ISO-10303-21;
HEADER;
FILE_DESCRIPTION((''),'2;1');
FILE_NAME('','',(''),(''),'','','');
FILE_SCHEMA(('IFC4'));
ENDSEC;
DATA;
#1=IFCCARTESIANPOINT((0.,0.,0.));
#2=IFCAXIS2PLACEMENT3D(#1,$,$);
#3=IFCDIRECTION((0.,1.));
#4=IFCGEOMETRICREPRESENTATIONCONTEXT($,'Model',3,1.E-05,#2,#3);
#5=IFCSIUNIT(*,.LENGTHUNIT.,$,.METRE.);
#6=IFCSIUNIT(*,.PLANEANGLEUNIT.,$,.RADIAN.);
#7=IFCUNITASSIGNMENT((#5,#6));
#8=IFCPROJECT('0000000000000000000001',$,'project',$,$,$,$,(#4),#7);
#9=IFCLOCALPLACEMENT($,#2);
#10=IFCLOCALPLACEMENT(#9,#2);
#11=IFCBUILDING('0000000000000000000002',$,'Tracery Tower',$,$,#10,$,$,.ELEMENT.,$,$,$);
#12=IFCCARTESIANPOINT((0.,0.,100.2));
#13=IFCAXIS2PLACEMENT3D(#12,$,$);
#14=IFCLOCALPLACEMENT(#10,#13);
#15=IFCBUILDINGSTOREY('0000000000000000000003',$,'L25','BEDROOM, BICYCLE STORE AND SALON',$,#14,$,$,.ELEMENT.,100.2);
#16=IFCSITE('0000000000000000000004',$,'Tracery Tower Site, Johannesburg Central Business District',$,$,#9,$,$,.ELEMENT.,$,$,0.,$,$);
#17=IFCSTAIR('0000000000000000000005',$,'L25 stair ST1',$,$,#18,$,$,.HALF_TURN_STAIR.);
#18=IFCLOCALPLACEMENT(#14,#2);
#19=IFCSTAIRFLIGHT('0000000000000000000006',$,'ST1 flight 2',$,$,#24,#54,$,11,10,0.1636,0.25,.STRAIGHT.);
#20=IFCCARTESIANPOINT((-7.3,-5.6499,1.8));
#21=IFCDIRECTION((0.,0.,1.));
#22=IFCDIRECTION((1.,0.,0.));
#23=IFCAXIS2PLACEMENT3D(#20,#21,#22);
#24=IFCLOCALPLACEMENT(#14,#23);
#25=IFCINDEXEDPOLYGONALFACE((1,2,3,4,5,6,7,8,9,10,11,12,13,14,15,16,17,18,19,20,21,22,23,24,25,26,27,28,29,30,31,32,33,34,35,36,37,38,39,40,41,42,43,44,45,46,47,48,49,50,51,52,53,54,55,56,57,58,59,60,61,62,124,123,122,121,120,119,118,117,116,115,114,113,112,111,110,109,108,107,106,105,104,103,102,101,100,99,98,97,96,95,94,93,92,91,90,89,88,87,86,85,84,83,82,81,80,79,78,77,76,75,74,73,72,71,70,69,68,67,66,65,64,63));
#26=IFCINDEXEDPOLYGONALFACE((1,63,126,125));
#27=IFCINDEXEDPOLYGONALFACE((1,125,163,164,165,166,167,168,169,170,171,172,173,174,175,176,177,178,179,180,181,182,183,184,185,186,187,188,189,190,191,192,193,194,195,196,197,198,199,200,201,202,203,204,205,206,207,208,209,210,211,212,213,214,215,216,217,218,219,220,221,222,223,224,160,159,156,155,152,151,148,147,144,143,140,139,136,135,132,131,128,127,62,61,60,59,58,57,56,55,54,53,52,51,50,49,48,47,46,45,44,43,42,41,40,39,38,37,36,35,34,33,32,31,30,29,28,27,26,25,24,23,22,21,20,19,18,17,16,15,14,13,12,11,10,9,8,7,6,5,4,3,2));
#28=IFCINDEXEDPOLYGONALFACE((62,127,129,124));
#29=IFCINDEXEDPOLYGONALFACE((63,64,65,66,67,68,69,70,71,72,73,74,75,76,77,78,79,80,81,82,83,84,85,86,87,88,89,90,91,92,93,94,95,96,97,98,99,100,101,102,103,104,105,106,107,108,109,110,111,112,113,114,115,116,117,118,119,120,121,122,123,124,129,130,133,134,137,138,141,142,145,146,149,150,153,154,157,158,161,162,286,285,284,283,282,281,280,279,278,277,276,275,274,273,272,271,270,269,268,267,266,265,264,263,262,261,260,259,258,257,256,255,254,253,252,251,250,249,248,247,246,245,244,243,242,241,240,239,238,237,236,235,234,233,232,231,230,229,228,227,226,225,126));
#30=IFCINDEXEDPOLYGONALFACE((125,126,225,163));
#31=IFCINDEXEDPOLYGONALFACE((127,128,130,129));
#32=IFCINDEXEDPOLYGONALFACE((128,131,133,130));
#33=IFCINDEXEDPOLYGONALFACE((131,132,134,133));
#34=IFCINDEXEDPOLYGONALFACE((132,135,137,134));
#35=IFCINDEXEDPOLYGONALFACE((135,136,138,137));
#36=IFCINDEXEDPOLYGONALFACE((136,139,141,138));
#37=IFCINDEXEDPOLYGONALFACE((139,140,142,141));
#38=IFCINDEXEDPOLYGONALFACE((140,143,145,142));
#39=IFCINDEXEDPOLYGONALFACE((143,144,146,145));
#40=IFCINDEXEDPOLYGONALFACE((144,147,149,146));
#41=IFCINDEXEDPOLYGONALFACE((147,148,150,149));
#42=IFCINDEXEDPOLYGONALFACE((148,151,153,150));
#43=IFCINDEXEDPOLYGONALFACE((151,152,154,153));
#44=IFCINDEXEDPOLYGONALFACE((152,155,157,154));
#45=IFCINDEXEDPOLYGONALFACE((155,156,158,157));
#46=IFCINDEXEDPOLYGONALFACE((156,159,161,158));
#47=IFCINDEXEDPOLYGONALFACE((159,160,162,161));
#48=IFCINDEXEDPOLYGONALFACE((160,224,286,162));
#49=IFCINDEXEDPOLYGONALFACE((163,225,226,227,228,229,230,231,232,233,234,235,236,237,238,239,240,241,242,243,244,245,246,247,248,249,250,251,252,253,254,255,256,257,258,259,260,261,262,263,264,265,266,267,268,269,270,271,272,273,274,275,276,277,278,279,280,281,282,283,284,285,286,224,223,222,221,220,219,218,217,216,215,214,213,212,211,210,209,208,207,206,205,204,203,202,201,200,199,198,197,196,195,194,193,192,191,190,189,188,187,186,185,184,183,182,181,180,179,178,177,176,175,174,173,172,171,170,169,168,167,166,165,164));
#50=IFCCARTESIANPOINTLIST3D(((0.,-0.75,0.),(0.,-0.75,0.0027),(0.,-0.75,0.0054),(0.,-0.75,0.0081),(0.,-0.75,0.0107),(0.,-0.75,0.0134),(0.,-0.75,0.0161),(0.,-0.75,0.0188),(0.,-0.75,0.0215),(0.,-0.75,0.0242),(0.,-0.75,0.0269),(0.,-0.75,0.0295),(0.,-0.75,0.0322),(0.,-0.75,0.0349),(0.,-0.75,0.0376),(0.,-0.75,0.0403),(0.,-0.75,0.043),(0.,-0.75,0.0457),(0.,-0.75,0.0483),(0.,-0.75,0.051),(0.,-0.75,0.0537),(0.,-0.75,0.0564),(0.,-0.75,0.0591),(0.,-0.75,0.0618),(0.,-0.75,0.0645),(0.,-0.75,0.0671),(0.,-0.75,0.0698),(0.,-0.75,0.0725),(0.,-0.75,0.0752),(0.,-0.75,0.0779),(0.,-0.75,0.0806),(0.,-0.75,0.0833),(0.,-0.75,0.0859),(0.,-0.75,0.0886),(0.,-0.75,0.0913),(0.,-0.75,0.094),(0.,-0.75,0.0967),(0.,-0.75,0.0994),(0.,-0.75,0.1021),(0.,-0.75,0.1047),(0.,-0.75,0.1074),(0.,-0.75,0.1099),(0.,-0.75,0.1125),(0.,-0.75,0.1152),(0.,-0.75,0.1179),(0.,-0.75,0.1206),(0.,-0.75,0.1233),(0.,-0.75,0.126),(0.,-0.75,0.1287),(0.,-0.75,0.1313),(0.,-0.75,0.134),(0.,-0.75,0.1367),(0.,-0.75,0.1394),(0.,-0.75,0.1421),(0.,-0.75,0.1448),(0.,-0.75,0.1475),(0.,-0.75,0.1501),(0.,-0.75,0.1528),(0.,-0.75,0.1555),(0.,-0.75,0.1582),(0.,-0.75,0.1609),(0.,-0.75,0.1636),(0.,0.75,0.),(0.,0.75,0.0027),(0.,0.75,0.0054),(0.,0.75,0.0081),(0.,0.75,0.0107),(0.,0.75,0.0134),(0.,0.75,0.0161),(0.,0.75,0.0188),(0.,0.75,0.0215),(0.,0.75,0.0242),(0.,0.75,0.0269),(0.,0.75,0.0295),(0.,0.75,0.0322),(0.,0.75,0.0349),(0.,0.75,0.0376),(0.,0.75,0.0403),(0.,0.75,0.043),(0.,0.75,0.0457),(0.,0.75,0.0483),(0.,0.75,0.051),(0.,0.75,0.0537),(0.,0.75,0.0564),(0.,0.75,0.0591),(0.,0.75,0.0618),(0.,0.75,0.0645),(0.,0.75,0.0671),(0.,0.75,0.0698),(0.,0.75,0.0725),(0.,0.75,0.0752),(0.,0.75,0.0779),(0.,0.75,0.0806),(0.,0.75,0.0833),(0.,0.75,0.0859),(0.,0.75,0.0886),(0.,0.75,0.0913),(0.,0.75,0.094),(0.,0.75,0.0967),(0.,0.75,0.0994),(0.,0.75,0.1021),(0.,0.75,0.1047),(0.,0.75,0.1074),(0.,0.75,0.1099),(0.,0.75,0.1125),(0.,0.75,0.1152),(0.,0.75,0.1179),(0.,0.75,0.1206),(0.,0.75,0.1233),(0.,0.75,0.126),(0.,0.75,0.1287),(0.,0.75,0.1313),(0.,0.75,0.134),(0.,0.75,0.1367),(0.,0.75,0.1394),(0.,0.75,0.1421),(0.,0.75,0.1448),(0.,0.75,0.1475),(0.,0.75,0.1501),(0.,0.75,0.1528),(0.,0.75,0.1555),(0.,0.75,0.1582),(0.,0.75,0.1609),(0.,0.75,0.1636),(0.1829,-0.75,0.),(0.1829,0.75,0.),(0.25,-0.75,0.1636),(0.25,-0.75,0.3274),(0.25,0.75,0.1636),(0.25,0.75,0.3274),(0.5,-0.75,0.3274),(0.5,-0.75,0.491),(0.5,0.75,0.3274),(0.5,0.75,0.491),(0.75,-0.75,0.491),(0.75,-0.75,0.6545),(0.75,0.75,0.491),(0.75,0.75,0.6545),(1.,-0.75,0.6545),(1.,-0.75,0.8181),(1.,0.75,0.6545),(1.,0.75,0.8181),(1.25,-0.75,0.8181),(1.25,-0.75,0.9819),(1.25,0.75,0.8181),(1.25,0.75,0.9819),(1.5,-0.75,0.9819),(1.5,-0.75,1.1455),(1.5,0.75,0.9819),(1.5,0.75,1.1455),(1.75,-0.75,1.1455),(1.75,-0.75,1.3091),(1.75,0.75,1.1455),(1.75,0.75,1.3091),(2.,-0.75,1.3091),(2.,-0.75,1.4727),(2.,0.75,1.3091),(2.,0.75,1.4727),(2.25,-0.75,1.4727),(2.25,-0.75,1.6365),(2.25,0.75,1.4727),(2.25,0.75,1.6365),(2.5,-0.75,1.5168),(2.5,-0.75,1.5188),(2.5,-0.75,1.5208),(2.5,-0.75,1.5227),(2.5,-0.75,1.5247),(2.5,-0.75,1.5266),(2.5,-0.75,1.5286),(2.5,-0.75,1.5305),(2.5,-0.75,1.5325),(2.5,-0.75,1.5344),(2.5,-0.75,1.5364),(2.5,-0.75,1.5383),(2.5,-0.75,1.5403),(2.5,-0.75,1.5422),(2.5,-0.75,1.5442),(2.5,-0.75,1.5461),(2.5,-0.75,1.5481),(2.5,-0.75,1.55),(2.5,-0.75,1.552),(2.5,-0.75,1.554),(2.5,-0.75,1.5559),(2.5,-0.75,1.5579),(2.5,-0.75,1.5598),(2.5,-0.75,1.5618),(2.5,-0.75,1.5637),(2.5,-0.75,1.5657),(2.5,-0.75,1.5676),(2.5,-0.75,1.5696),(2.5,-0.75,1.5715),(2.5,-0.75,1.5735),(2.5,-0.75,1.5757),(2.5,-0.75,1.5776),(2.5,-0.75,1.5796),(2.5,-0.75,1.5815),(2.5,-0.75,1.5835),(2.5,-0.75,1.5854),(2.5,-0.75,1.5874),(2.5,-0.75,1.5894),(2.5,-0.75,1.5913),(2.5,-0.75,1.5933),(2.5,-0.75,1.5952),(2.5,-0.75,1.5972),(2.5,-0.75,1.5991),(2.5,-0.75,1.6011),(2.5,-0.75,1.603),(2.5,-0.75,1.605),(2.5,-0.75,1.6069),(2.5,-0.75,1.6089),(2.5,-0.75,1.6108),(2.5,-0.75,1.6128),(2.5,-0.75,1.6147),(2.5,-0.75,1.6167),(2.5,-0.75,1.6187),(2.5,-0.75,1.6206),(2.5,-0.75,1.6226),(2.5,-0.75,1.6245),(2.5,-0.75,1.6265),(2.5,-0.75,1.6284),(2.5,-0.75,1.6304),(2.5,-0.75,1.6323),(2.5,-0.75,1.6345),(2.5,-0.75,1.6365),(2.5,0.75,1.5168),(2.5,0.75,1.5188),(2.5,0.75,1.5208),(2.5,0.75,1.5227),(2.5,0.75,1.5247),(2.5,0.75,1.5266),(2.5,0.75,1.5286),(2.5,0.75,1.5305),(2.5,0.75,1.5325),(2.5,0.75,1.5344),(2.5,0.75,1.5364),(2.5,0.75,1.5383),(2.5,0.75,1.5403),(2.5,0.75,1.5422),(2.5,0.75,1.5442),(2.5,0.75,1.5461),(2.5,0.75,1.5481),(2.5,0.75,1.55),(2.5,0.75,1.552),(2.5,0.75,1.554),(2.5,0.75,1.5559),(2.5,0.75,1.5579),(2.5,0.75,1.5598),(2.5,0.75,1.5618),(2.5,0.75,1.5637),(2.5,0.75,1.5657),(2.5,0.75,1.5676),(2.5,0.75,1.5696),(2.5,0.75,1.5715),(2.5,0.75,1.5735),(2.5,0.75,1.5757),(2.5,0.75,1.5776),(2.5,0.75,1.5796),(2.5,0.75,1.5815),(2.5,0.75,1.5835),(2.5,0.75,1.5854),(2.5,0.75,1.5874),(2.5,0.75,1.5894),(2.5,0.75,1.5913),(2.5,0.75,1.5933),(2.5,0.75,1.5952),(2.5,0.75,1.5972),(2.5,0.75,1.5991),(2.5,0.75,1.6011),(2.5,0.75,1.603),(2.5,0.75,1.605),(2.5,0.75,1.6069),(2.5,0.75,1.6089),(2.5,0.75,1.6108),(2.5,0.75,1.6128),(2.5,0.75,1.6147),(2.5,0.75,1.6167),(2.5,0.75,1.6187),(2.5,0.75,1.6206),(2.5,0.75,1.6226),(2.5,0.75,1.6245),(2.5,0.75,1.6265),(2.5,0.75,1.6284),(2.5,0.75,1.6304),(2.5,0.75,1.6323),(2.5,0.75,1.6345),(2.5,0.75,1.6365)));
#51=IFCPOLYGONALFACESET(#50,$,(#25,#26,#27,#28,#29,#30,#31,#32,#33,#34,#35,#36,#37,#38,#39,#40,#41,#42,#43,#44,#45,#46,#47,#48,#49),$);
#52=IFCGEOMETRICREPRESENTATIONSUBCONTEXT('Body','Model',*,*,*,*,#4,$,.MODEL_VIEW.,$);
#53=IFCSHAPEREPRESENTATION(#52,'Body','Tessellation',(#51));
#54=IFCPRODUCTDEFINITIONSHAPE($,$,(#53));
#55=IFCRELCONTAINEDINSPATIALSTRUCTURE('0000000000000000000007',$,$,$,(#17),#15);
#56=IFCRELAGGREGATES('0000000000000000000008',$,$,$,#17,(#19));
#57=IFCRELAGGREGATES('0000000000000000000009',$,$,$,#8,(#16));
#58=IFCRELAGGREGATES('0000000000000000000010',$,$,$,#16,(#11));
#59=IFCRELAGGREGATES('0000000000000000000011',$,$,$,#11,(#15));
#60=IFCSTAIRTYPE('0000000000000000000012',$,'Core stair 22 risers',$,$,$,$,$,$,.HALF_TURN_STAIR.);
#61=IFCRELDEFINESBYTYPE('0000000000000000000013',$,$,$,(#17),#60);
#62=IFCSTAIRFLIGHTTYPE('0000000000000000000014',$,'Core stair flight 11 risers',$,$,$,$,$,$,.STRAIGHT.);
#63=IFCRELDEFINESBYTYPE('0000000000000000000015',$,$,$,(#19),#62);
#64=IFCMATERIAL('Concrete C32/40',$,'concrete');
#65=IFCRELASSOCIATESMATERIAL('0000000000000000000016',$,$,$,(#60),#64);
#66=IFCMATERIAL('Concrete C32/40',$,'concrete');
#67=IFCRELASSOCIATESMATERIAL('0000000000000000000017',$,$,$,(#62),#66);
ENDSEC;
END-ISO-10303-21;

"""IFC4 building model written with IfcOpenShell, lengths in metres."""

from ifc_helpers import new_model, si_unit, direction, frame, origin, place, context, subcontext, project, spatial, polyline, outline, extrude, material, type_object, element, aggregate, save


model = new_model("IFC4")

# Units and contexts
model_context = context("Model", 3, precision=1e-05, world=origin(), true_north=direction((0.0, 1.0)))
body_context = subcontext(model_context, "Body", "Model", "MODEL_VIEW")
ifc_project = project(units=[si_unit("LENGTHUNIT", "METRE"), si_unit("PLANEANGLEUNIT", "RADIAN")], contexts=[model_context])

# Site, building, storey
site_placement = place(None, origin())
site = spatial("IfcSite", under=ifc_project, at=site_placement, Name="Tracery Tower Site, Johannesburg Central Business District", CompositionType="ELEMENT", RefElevation=0.0)
building_placement = place(site_placement, origin())
building = spatial("IfcBuilding", under=site, at=building_placement, Name="Tracery Tower", CompositionType="ELEMENT")
storey_placement = place(building_placement, frame((0.0, 0.0, 100.2)))
storey = spatial("IfcBuildingStorey", under=building, at=storey_placement, Name="L25", Description="BEDROOM, BICYCLE STORE AND SALON", CompositionType="ELEMENT", Elevation=100.2)

# Stair, stair flight
ifc_material_1 = material(Name="Concrete C32/40", Category="concrete")
stair_type = type_object("IfcStairType", Name="Core stair 22 risers", PredefinedType="HALF_TURN_STAIR", material=ifc_material_1)
stair_placement = place(storey_placement, origin())
stair = element("IfcStair", 1, at=stair_placement, inside=storey, type_object=stair_type, Name="L25 stair ST1", PredefinedType="HALF_TURN_STAIR")
ifc_material_2 = material(Name="Concrete C32/40", Category="concrete")
stair_flight_type = type_object("IfcStairFlightType", Name="Core stair flight 11 risers", PredefinedType="STRAIGHT", material=ifc_material_2)
stair_flight_1_placement = place(storey_placement, frame((-7.3, -5.6499, 1.8), z_axis=(0.0, 0.0, 1.0), x_axis=(1.0, 0.0, 0.0)))
stair_flight_1 = element("IfcStairFlight", 2, at=stair_flight_1_placement, type_object=stair_flight_type, Name="ST1 flight 2", NumberOfRisers=11, NumberOfTreads=10, PredefinedType="STRAIGHT", RiserHeight=0.1636, TreadLength=0.25, context=body_context, shape_type="SweptSolid", body=[
    extrude(outline(polyline([(0.0, 0.0), (0.0, 0.0027), (0.0, 0.0054), (0.0, 0.0081), (0.0, 0.0107), (0.0, 0.0134), (0.0, 0.0161), (0.0, 0.0188), (0.0, 0.0215), (0.0, 0.0242), (0.0, 0.0269), (0.0, 0.0295), (0.0, 0.0322), (0.0, 0.0349), (0.0, 0.0376), (0.0, 0.0403), (0.0, 0.043), (0.0, 0.0457), (0.0, 0.0483), (0.0, 0.051), (0.0, 0.0537), (0.0, 0.0564), (0.0, 0.0591), (0.0, 0.0618), (0.0, 0.0645), (0.0, 0.0671), (0.0, 0.0698), (0.0, 0.0725), (0.0, 0.0752), (0.0, 0.0779), (0.0, 0.0806), (0.0, 0.0833), (0.0, 0.0859), (0.0, 0.0886), (0.0, 0.0913), (0.0, 0.094), (0.0, 0.0967), (0.0, 0.0994), (0.0, 0.1021), (0.0, 0.1047), (0.0, 0.1074), (0.0, 0.1099), (0.0, 0.1125), (0.0, 0.1152), (0.0, 0.1179), (0.0, 0.1206), (0.0, 0.1233), (0.0, 0.126), (0.0, 0.1287), (0.0, 0.1313), (0.0, 0.134), (0.0, 0.1367), (0.0, 0.1394), (0.0, 0.1421), (0.0, 0.1448), (0.0, 0.1475), (0.0, 0.1501), (0.0, 0.1528), (0.0, 0.1555), (0.0, 0.1582), (0.0, 0.1609), (0.0, 0.1636), (0.25, 0.1636), (0.25, 0.3274), (0.5, 0.3274), (0.5, 0.491), (0.75, 0.491), (0.75, 0.6545), (1.0, 0.6545), (1.0, 0.8181), (1.25, 0.8181), (1.25, 0.9819), (1.5, 0.9819), (1.5, 1.1455), (1.75, 1.1455), (1.75, 1.3091), (2.0, 1.3091), (2.0, 1.4727), (2.25, 1.4727), (2.25, 1.6365), (2.5, 1.6365), (2.5, 1.6345), (2.5, 1.6323), (2.5, 1.6304), (2.5, 1.6284), (2.5, 1.6265), (2.5, 1.6245), (2.5, 1.6226), (2.5, 1.6206), (2.5, 1.6187), (2.5, 1.6167), (2.5, 1.6147), (2.5, 1.6128), (2.5, 1.6108), (2.5, 1.6089), (2.5, 1.6069), (2.5, 1.605), (2.5, 1.603), (2.5, 1.6011), (2.5, 1.5991), (2.5, 1.5972), (2.5, 1.5952), (2.5, 1.5933), (2.5, 1.5913), (2.5, 1.5894), (2.5, 1.5874), (2.5, 1.5854), (2.5, 1.5835), (2.5, 1.5815), (2.5, 1.5796), (2.5, 1.5776), (2.5, 1.5757), (2.5, 1.5735), (2.5, 1.5715), (2.5, 1.5696), (2.5, 1.5676), (2.5, 1.5657), (2.5, 1.5637), (2.5, 1.5618), (2.5, 1.5598), (2.5, 1.5579), (2.5, 1.5559), (2.5, 1.554), (2.5, 1.552), (2.5, 1.55), (2.5, 1.5481), (2.5, 1.5461), (2.5, 1.5442), (2.5, 1.5422), (2.5, 1.5403), (2.5, 1.5383), (2.5, 1.5364), (2.5, 1.5344), (2.5, 1.5325), (2.5, 1.5305), (2.5, 1.5286), (2.5, 1.5266), (2.5, 1.5247), (2.5, 1.5227), (2.5, 1.5208), (2.5, 1.5188), (2.5, 1.5168), (0.1829, 0.0), (0.0, 0.0)])), frame((0.0, 0.75, 0.0), z_axis=(0.0, -1.0, 0.0), x_axis=(1.0, 0.0, 0.0)), (0.0, 0.0, 1.0), 1.5),
])
aggregate(stair, [stair_flight_1])

save(model, "model.ifc")
